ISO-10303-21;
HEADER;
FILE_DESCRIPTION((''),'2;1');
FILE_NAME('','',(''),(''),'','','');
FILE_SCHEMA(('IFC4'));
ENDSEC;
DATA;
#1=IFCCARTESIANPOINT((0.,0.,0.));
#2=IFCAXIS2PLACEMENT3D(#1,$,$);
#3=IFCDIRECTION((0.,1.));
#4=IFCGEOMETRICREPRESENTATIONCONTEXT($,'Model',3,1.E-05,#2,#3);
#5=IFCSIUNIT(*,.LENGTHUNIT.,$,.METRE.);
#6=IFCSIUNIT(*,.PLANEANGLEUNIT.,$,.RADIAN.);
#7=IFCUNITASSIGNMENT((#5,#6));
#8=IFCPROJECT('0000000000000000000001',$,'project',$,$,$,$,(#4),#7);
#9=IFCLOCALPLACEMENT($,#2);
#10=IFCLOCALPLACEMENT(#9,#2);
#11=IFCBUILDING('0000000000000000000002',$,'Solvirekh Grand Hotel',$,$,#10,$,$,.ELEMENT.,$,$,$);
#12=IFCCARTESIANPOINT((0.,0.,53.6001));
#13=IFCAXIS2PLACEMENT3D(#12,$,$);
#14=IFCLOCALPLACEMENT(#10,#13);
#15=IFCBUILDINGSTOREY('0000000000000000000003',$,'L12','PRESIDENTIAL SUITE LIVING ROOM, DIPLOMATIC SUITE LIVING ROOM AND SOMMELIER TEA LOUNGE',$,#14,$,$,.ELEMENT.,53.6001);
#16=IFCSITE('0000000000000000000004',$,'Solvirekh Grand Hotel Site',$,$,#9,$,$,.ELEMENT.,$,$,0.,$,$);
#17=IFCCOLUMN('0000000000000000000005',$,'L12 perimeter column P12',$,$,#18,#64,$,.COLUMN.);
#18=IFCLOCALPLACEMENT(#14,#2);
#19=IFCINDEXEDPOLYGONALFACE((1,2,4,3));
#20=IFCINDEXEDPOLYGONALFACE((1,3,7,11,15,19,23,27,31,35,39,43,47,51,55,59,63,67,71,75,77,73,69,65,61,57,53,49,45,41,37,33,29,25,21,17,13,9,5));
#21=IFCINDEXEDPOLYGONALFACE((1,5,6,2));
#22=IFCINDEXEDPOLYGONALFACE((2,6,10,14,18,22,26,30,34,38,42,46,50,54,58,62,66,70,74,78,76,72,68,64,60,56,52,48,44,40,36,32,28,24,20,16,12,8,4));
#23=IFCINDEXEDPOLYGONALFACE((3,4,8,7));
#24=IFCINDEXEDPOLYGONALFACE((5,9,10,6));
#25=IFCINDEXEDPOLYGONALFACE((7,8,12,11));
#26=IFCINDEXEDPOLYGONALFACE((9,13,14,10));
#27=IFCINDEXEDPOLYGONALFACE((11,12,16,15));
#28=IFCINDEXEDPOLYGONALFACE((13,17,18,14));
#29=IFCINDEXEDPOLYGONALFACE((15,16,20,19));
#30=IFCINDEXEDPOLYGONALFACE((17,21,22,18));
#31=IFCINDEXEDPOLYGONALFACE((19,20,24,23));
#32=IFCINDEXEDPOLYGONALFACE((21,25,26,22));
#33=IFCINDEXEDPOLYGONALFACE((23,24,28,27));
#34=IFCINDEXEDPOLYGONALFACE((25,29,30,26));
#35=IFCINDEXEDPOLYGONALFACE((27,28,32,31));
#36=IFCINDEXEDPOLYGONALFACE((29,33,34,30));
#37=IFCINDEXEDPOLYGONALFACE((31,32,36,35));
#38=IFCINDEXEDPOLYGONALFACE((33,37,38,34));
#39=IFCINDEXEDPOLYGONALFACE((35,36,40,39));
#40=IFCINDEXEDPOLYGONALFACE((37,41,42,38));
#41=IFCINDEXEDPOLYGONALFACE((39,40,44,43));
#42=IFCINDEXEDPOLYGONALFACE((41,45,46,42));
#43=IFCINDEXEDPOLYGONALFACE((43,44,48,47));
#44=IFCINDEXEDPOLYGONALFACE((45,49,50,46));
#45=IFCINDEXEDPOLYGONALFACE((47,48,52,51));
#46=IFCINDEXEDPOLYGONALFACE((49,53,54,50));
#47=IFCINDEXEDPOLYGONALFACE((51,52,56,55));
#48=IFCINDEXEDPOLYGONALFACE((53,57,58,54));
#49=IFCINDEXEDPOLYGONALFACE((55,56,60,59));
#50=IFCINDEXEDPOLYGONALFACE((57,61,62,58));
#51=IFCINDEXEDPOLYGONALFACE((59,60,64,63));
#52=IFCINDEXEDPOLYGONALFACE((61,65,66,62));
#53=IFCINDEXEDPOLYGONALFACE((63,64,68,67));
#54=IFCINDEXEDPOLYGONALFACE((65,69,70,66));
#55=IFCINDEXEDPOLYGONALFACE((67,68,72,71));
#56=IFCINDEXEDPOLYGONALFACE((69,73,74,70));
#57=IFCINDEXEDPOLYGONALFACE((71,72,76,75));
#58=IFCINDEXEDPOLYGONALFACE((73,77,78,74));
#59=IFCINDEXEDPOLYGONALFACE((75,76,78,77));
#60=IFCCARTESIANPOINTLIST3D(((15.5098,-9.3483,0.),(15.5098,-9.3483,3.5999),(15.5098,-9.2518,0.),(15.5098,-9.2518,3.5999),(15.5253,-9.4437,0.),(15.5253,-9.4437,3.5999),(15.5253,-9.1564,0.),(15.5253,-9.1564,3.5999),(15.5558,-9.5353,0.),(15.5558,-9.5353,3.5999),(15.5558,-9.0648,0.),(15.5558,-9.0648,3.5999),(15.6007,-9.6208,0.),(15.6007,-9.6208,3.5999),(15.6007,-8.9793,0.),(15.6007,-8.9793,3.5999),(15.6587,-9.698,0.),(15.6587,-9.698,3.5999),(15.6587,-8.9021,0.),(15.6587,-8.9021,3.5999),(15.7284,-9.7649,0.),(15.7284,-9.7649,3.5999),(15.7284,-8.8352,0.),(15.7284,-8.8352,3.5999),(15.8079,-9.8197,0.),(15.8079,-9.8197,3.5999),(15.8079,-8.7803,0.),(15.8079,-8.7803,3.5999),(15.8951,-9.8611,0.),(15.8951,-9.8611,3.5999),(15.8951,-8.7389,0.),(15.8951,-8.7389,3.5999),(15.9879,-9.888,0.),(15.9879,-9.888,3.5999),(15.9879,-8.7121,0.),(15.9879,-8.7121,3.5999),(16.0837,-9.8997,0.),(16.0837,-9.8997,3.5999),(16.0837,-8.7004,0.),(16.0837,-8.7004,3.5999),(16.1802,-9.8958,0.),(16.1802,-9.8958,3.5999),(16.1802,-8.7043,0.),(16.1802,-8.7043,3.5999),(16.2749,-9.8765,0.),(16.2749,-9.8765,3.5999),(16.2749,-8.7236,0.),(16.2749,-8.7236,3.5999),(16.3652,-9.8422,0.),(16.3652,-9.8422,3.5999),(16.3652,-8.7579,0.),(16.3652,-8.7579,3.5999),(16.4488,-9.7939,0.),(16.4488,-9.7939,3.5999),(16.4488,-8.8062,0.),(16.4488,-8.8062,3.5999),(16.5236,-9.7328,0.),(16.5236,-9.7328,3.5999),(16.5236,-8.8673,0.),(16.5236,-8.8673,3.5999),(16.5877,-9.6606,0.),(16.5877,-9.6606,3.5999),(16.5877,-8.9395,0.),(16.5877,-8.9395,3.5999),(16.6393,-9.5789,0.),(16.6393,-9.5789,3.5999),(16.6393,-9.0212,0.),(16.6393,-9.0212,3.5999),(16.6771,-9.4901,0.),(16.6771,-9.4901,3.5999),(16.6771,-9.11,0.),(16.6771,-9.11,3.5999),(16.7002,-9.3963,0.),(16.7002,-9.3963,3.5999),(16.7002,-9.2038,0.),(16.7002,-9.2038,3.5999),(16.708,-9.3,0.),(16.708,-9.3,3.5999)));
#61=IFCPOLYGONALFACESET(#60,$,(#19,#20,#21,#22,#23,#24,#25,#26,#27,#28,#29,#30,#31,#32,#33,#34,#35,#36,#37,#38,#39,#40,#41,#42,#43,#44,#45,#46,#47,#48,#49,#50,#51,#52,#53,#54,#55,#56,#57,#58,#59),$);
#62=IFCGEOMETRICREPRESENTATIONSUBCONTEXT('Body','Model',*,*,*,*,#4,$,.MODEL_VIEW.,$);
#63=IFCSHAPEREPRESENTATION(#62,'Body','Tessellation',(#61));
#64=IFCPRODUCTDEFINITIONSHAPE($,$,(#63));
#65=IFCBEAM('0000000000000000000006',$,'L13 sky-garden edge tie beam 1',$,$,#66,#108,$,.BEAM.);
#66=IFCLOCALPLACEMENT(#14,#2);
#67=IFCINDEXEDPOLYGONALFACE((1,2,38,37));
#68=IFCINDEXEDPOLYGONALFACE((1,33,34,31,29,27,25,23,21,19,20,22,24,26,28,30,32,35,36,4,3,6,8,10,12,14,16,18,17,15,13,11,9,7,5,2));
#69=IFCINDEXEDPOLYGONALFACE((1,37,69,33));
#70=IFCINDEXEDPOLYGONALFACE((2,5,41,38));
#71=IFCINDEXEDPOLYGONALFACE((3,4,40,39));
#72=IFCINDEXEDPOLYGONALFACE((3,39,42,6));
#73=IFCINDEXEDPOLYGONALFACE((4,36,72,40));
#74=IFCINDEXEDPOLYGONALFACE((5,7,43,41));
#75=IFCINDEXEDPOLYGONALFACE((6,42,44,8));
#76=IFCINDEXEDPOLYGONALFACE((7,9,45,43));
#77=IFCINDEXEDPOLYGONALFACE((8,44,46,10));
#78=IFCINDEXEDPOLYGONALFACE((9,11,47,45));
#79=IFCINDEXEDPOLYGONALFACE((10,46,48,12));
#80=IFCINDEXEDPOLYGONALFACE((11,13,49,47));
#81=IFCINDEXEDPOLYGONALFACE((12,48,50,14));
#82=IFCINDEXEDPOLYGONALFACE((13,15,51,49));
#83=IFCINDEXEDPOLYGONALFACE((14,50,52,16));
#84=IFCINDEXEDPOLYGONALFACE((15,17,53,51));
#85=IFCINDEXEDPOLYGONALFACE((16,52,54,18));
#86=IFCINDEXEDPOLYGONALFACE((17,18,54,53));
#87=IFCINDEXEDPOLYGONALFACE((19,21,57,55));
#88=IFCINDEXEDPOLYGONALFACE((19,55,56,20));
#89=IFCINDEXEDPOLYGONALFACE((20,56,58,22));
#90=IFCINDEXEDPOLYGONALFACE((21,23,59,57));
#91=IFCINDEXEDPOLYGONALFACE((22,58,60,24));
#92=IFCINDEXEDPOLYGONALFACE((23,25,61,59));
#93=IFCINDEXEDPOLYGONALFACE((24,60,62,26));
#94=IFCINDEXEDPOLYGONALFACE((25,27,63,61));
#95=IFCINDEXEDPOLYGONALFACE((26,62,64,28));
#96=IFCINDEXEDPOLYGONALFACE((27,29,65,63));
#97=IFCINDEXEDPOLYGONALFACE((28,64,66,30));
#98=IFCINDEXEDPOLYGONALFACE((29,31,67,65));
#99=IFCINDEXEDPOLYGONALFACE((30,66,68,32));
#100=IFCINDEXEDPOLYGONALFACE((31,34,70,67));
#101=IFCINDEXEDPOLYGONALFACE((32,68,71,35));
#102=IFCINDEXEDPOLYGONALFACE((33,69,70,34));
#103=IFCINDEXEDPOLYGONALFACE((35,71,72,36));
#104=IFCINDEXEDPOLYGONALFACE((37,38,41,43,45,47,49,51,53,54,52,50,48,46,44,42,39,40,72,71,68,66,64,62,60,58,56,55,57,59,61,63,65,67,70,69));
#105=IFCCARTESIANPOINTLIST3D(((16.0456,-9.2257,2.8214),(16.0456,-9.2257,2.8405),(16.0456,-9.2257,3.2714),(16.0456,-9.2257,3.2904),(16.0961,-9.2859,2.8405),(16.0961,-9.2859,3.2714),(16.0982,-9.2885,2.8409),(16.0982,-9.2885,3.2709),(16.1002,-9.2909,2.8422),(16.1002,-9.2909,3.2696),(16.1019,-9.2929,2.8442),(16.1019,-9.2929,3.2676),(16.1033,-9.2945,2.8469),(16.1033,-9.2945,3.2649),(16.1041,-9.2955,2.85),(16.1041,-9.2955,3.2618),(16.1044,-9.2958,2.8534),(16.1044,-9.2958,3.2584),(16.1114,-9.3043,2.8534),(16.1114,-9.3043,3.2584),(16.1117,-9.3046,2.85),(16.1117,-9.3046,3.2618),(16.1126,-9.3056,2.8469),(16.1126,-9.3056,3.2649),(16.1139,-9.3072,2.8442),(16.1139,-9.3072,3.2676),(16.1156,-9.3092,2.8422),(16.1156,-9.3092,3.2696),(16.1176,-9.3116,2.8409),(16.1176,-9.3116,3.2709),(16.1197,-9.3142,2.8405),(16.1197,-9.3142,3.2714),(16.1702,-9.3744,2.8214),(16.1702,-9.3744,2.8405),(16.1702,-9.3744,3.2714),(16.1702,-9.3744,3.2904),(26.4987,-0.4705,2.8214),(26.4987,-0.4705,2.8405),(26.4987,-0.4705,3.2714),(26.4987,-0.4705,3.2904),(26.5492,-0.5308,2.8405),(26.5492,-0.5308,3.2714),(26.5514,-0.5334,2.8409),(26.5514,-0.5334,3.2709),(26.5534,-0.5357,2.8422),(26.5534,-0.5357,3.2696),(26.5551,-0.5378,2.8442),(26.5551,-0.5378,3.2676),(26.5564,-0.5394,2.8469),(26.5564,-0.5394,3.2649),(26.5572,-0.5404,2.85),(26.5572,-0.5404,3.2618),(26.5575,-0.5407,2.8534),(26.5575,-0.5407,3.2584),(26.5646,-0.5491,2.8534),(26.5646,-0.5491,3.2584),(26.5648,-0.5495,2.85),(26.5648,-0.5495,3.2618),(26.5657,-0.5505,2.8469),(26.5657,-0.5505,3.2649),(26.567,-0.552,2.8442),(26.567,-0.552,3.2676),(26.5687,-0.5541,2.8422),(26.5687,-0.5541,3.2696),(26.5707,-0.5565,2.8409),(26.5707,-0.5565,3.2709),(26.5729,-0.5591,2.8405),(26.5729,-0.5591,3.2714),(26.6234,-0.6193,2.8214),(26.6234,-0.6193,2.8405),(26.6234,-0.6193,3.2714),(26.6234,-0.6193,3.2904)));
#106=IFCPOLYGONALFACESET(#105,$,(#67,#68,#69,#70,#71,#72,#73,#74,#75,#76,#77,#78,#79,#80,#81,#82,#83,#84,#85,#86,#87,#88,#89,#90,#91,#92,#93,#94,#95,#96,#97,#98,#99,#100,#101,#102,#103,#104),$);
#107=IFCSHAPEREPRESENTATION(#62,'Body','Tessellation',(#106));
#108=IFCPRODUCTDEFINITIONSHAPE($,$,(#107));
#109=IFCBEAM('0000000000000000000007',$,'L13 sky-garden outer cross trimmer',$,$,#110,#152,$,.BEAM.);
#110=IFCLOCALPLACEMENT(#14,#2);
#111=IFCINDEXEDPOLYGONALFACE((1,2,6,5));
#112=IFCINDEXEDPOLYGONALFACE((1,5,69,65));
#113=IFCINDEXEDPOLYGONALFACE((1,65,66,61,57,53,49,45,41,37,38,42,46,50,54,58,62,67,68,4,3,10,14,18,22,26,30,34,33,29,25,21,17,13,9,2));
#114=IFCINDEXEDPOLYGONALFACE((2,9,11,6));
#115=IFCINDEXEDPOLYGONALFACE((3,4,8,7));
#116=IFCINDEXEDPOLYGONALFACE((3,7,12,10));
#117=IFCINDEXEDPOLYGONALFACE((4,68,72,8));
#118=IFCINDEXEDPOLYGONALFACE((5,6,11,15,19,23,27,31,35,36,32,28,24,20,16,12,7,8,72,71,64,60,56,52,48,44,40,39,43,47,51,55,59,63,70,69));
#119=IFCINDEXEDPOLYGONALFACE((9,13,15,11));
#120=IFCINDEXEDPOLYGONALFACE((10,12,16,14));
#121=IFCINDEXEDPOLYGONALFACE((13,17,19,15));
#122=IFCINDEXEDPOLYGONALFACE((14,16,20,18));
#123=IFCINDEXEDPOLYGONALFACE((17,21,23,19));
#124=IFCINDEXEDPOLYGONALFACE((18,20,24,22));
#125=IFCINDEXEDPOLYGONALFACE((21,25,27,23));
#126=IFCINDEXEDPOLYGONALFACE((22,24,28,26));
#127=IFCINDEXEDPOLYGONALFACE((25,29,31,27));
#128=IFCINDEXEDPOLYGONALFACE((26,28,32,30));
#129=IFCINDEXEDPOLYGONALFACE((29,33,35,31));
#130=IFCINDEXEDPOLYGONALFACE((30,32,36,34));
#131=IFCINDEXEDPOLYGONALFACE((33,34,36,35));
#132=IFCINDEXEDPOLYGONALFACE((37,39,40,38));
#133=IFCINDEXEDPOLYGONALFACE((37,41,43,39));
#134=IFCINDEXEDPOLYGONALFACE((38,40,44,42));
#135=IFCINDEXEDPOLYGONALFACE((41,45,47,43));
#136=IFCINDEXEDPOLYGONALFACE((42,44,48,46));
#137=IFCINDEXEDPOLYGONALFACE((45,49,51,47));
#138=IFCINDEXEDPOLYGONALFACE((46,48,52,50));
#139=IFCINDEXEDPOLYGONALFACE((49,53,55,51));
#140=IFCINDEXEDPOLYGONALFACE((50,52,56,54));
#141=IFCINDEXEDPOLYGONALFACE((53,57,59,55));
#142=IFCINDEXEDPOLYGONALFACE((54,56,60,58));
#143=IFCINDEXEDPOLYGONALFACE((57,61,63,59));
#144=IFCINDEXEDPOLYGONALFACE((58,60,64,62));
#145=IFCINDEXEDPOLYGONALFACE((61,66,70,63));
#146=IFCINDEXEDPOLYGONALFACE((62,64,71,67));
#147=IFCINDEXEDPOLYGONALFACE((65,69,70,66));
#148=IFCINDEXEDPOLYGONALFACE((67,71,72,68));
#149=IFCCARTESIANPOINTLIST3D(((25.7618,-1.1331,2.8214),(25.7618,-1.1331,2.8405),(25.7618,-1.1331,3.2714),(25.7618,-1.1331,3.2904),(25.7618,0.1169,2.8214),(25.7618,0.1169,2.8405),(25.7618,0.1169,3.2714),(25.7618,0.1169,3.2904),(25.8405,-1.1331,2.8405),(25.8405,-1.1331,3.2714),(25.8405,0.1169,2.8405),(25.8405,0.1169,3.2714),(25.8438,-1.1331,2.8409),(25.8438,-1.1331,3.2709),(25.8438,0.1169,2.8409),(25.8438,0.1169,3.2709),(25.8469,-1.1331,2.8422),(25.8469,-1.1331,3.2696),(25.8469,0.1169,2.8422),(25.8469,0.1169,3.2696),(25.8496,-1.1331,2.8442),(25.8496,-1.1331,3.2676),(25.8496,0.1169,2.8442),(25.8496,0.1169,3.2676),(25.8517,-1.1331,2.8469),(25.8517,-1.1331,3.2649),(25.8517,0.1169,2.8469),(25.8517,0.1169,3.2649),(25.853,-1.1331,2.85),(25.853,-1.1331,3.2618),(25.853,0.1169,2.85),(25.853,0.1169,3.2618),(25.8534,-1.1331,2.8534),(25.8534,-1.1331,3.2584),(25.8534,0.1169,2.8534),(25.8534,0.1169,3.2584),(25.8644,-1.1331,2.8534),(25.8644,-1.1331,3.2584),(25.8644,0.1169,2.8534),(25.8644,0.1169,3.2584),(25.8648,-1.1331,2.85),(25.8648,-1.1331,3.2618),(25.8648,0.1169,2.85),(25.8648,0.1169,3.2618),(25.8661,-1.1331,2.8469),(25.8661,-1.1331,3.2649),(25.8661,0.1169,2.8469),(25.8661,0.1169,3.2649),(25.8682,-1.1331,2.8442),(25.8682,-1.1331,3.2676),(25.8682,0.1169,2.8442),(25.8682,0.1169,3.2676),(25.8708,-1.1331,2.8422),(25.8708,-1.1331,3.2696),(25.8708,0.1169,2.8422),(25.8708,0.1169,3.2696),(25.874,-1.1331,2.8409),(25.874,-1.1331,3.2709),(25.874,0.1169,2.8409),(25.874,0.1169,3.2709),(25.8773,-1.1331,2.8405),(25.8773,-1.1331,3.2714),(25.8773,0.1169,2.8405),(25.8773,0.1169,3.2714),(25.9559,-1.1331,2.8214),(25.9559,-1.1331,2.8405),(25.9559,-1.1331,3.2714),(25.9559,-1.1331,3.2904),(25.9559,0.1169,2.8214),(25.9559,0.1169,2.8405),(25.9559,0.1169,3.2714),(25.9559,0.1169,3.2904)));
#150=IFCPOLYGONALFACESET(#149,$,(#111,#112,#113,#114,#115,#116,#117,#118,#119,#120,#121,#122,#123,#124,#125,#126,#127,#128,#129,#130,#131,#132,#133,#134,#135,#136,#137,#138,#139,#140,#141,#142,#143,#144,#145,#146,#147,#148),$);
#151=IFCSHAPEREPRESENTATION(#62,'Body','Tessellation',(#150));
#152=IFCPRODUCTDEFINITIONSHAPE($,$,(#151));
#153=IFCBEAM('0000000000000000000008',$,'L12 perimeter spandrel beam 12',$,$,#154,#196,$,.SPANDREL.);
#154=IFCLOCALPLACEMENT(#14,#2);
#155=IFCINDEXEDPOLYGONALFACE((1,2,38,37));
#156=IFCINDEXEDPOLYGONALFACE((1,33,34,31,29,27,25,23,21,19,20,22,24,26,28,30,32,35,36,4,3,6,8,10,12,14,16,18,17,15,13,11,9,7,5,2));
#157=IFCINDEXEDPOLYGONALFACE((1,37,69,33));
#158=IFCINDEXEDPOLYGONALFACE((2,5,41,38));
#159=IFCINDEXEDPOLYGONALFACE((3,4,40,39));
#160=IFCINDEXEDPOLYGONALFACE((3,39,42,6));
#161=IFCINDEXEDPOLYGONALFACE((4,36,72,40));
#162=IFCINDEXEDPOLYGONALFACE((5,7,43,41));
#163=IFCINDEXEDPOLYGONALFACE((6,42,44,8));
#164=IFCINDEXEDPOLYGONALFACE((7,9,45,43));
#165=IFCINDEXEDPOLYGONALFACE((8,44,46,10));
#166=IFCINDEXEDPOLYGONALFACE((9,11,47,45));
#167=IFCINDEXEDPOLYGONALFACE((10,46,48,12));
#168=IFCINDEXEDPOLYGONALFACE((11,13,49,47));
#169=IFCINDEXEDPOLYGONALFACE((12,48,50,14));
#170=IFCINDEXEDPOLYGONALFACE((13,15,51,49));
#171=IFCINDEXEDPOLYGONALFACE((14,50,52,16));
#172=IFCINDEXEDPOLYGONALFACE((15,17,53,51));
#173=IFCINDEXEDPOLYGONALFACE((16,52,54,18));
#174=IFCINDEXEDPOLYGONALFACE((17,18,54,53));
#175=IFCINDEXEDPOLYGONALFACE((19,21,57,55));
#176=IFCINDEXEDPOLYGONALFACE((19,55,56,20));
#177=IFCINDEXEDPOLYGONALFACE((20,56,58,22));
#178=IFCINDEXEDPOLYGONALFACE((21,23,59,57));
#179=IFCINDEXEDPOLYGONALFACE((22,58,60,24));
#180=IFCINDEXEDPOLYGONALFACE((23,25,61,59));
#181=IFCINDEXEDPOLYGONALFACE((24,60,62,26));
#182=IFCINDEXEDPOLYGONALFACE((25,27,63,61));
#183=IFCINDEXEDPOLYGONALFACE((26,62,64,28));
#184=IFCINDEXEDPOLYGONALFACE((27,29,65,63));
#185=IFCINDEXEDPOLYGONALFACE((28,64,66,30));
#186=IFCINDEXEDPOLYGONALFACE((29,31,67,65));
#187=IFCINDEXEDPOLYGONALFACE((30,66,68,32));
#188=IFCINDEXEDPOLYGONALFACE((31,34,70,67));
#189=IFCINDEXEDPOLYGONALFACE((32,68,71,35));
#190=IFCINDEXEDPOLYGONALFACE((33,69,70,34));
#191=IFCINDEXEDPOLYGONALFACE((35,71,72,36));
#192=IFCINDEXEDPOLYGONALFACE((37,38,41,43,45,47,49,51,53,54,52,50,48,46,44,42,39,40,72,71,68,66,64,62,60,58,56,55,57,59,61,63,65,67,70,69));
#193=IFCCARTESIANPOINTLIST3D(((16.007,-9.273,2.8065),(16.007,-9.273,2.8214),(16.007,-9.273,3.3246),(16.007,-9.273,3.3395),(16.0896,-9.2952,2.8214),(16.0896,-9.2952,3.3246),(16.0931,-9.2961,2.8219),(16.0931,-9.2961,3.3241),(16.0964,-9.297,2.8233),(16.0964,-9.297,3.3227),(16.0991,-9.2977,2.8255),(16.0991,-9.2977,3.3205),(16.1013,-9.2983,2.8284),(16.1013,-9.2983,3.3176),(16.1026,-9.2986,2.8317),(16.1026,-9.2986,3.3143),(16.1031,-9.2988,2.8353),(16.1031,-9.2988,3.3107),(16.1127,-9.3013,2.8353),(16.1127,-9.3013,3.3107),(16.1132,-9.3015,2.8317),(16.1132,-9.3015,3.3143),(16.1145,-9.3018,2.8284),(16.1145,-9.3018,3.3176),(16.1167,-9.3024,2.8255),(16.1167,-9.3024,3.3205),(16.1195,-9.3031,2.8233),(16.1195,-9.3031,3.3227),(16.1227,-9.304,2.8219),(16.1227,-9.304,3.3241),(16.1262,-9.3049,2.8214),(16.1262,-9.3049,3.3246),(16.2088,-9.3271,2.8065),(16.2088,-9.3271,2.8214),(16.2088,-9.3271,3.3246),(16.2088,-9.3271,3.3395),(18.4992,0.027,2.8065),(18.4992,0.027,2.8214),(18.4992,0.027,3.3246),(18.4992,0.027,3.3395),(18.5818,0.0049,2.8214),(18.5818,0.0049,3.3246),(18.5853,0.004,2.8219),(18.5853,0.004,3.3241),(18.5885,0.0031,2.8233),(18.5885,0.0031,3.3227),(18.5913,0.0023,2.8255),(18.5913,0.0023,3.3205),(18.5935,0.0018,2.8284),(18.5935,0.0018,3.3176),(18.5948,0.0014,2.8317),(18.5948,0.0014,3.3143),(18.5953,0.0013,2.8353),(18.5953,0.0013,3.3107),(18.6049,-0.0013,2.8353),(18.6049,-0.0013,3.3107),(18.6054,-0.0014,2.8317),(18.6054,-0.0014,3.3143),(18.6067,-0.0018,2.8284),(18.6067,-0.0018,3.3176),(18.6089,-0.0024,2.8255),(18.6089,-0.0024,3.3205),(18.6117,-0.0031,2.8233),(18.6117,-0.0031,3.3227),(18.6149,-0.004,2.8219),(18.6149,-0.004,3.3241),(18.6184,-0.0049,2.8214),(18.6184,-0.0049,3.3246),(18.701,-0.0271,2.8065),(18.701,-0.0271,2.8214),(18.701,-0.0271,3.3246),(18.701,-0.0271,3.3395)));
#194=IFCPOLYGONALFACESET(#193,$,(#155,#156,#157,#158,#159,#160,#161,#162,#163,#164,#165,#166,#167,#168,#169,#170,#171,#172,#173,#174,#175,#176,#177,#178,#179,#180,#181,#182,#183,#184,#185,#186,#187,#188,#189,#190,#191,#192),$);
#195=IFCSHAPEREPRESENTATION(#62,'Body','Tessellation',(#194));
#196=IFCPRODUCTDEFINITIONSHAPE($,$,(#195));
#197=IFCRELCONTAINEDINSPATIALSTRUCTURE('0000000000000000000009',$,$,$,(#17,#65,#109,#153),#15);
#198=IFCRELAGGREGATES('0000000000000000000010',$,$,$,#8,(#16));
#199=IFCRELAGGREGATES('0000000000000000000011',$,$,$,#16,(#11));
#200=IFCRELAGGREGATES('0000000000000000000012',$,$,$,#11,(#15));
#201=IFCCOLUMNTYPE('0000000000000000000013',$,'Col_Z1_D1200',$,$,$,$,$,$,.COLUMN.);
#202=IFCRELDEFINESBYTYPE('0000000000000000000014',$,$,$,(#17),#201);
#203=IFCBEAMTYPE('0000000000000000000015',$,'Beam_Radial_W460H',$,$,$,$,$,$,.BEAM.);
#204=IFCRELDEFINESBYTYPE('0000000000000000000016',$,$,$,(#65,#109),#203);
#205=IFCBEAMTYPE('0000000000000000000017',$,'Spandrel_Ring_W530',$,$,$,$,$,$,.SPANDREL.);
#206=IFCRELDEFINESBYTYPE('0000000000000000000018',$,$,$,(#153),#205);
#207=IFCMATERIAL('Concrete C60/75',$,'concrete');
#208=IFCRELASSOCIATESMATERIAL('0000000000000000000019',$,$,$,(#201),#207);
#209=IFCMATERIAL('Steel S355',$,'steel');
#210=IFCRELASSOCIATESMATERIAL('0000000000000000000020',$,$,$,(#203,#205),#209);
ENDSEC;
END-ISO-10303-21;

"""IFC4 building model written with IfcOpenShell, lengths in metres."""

from ifc_helpers import new_model, si_unit, direction, frame, origin, origin_2d, place, context, subcontext, project, spatial, circle, i_section, extrude, material, material_profile, profile_set, type_object, element, save


model = new_model("IFC4")

# Units and contexts
model_context = context("Model", 3, precision=1e-05, world=origin(), true_north=direction((0.0, 1.0)))
body_context = subcontext(model_context, "Body", "Model", "MODEL_VIEW")
ifc_project = project(units=[si_unit("LENGTHUNIT", "METRE"), si_unit("PLANEANGLEUNIT", "RADIAN")], contexts=[model_context])

# Site, building, storey
site_placement = place(None, origin())
site = spatial("IfcSite", under=ifc_project, at=site_placement, Name="Solvirekh Grand Hotel Site", CompositionType="ELEMENT", RefElevation=0.0)
building_placement = place(site_placement, origin())
building = spatial("IfcBuilding", under=site, at=building_placement, Name="Solvirekh Grand Hotel", CompositionType="ELEMENT")
storey_placement = place(building_placement, frame((0.0, 0.0, 53.6001)))
storey = spatial("IfcBuildingStorey", under=building, at=storey_placement, Name="L12", Description="PRESIDENTIAL SUITE LIVING ROOM, DIPLOMATIC SUITE LIVING ROOM AND SOMMELIER TEA LOUNGE", CompositionType="ELEMENT", Elevation=53.6001)

# Column
ifc_material_1 = material(Name="Concrete C60/75", Category="concrete")
ifc_material_profile_1 = material_profile(ifc_material_1, circle(Radius=0.6001, at=origin_2d()), Name="RC CIRC D1200")
ifc_profile_set_1 = profile_set([ifc_material_profile_1], Name="Concrete C60/75")
column_type = type_object("IfcColumnType", Name="Col_Z1_D1200", PredefinedType="COLUMN", material=ifc_profile_set_1)
column_placement = place(storey_placement, frame((16.1079, -9.3, 0.0), z_axis=(0.0, 0.0, 1.0), x_axis=(1.0, 0.0, 0.0)))
element("IfcColumn", 1, at=column_placement, inside=storey, type_object=column_type, Name="L12 perimeter column P12", PredefinedType="COLUMN", context=body_context, shape_type="SweptSolid", body=[
    extrude(circle(Radius=0.6001, at=origin_2d()), origin(), (0.0, 0.0, 1.0), 3.5999),
])

# Beams
ifc_material_2 = material(Name="Steel S355", Category="steel")
ifc_material_profile_2 = material_profile(ifc_material_2, i_section(OverallWidth=0.1941, OverallDepth=0.469, WebThickness=0.011, FlangeThickness=0.019, FilletRadius=0.0129, at=origin_2d()), Name="W460X106")
ifc_profile_set_2 = profile_set([ifc_material_profile_2], Name="Steel S355")
beam_type_1 = type_object("IfcBeamType", Name="Beam_Radial_W460H", PredefinedType="BEAM", material=ifc_profile_set_2)
beam_1_placement = place(storey_placement, frame((16.1079, -9.3, 3.0559), z_axis=(0.766625, 0.642095, 0.0), x_axis=(-0.642095, 0.766625, 0.0)))
element("IfcBeam", 2, at=beam_1_placement, inside=storey, type_object=beam_type_1, Name="L13 sky-garden edge tie beam 1", PredefinedType="BEAM", context=body_context, shape_type="SweptSolid", body=[
    extrude(i_section(OverallWidth=0.1941, OverallDepth=0.469, WebThickness=0.011, FlangeThickness=0.019, FilletRadius=0.0129, at=origin_2d()), origin(), (0.0, 0.0, 1.0), 13.6353),
])
beam_2_placement = place(storey_placement, frame((25.8589, -1.1331, 3.0559), z_axis=(0.0, 1.0, 0.0), x_axis=(-1.0, 0.0, 0.0)))
element("IfcBeam", 3, at=beam_2_placement, inside=storey, type_object=beam_type_1, Name="L13 sky-garden outer cross trimmer", PredefinedType="BEAM", context=body_context, shape_type="SweptSolid", body=[
    extrude(i_section(OverallWidth=0.1941, OverallDepth=0.469, WebThickness=0.011, FlangeThickness=0.019, FilletRadius=0.0129, at=origin_2d()), origin(), (0.0, 0.0, 1.0), 1.25),
])
ifc_material_profile_3 = material_profile(ifc_material_2, i_section(OverallWidth=0.209, OverallDepth=0.533, WebThickness=0.01, FlangeThickness=0.0149, FilletRadius=0.0139, at=origin_2d()), Name="W530X92")
ifc_profile_set_3 = profile_set([ifc_material_profile_3], Name="Steel S355")
beam_type_2 = type_object("IfcBeamType", Name="Spandrel_Ring_W530", PredefinedType="SPANDREL", material=ifc_profile_set_3)
beam_3_placement = place(storey_placement, frame((16.1079, -9.3, 3.073), z_axis=(0.258843, 0.965919, 0.0), x_axis=(-0.965919, 0.258843, 0.0)))
element("IfcBeam", 4, at=beam_3_placement, inside=storey, type_object=beam_type_2, Name="L12 perimeter spandrel beam 12", PredefinedType="SPANDREL", context=body_context, shape_type="SweptSolid", body=[
    extrude(i_section(OverallWidth=0.209, OverallDepth=0.533, WebThickness=0.01, FlangeThickness=0.0149, FilletRadius=0.0139, at=origin_2d()), origin(), (0.0, 0.0, 1.0), 9.6282),
])

save(model, "model.ifc")
